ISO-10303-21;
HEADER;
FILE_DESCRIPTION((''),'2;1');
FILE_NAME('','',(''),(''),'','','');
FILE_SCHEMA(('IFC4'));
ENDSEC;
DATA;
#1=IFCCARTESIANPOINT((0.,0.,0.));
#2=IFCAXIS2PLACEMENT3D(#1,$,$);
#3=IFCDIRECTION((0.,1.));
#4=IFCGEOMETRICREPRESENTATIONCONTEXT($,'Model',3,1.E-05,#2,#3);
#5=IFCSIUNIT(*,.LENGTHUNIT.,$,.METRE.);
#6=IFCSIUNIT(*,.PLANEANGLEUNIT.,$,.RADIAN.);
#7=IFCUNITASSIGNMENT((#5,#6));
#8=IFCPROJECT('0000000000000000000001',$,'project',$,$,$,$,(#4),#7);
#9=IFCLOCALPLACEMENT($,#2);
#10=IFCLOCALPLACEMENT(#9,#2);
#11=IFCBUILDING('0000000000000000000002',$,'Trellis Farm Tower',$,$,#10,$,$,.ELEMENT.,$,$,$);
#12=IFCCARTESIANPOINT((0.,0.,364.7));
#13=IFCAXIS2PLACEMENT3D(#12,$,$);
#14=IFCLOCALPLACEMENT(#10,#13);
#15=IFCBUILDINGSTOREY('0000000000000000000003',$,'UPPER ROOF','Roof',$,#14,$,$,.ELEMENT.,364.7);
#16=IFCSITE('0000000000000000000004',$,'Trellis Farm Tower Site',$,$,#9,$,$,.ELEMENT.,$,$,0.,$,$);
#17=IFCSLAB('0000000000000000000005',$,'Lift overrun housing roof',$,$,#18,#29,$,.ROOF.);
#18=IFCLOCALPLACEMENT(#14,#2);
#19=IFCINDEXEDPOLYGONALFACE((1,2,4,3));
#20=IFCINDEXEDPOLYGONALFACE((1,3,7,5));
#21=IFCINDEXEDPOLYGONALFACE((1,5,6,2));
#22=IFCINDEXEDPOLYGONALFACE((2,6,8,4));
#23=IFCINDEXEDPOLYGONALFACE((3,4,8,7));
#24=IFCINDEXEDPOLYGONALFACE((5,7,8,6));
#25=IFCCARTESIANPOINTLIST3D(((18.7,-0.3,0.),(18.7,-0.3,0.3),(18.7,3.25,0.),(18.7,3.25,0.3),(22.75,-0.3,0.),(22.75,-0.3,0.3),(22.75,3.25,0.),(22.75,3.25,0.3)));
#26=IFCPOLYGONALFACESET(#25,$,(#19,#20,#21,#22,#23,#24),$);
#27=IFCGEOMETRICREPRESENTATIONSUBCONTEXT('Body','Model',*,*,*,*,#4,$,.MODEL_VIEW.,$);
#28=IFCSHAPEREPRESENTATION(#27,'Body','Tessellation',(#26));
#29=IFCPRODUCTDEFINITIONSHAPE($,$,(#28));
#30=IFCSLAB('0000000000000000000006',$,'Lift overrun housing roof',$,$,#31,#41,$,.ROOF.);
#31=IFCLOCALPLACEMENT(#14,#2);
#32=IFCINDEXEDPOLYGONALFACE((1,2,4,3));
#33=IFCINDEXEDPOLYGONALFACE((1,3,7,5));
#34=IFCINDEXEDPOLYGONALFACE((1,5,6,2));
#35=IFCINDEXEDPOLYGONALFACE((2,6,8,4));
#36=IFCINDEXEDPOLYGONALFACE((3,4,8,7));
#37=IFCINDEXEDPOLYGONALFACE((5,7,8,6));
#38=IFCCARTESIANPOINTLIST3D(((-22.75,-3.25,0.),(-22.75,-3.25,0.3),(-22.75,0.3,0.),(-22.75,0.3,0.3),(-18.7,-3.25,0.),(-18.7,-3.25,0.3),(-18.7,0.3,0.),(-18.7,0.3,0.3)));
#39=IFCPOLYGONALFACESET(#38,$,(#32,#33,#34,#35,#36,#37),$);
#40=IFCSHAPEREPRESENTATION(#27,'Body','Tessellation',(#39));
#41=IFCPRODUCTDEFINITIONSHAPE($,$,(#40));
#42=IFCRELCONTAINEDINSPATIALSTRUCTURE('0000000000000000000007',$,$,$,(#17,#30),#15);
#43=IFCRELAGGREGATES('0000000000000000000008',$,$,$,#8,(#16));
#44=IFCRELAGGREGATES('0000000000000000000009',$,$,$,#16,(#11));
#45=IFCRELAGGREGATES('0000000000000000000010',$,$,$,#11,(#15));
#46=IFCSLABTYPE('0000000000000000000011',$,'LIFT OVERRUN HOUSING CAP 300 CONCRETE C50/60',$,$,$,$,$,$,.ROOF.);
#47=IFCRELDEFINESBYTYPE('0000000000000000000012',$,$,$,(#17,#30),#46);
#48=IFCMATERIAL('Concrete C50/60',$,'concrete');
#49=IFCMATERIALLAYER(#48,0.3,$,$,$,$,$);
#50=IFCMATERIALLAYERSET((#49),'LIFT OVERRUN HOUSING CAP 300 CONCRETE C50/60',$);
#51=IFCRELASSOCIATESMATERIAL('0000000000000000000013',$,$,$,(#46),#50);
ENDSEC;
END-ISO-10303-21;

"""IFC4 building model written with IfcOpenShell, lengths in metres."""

from ifc_helpers import new_model, si_unit, direction, frame, origin, place, context, subcontext, project, spatial, polyline, outline, extrude, material, layer, layer_set, type_object, element, save


model = new_model("IFC4")

# Units and contexts
model_context = context("Model", 3, precision=1e-05, world=origin(), true_north=direction((0.0, 1.0)))
body_context = subcontext(model_context, "Body", "Model", "MODEL_VIEW")
ifc_project = project(units=[si_unit("LENGTHUNIT", "METRE"), si_unit("PLANEANGLEUNIT", "RADIAN")], contexts=[model_context])

# Site, building, storey
site_placement = place(None, origin())
site = spatial("IfcSite", under=ifc_project, at=site_placement, Name="Trellis Farm Tower Site", CompositionType="ELEMENT", RefElevation=0.0)
building_placement = place(site_placement, origin())
building = spatial("IfcBuilding", under=site, at=building_placement, Name="Trellis Farm Tower", CompositionType="ELEMENT")
storey_placement = place(building_placement, frame((0.0, 0.0, 364.7)))
storey = spatial("IfcBuildingStorey", under=building, at=storey_placement, Name="UPPER ROOF", Description="Roof", CompositionType="ELEMENT", Elevation=364.7)

# Slabs
ifc_material = material(Name="Concrete C50/60", Category="concrete")
ifc_layer = layer(ifc_material, 0.3)
ifc_layer_set = layer_set([ifc_layer], Name="LIFT OVERRUN HOUSING CAP 300 CONCRETE C50/60")
slab_type = type_object("IfcSlabType", Name="LIFT OVERRUN HOUSING CAP 300 CONCRETE C50/60", PredefinedType="ROOF", material=ifc_layer_set)
placement = place(storey_placement, origin())
element("IfcSlab", 1, at=placement, inside=storey, type_object=slab_type, Name="Lift overrun housing roof", PredefinedType="ROOF", context=body_context, shape_type="SweptSolid", body=[
    extrude(outline(polyline([(18.7, -0.3), (22.75, -0.3), (22.75, 3.25), (18.7, 3.25), (18.7, -0.3)])), origin(), (0.0, 0.0, 1.0), 0.3),
])
element("IfcSlab", 2, at=placement, inside=storey, type_object=slab_type, Name="Lift overrun housing roof", PredefinedType="ROOF", context=body_context, shape_type="SweptSolid", body=[
    extrude(outline(polyline([(-18.7, 0.3), (-22.75, 0.3), (-22.75, -3.25), (-18.7, -3.25), (-18.7, 0.3)])), origin(), (0.0, 0.0, 1.0), 0.3),
])

save(model, "model.ifc")
